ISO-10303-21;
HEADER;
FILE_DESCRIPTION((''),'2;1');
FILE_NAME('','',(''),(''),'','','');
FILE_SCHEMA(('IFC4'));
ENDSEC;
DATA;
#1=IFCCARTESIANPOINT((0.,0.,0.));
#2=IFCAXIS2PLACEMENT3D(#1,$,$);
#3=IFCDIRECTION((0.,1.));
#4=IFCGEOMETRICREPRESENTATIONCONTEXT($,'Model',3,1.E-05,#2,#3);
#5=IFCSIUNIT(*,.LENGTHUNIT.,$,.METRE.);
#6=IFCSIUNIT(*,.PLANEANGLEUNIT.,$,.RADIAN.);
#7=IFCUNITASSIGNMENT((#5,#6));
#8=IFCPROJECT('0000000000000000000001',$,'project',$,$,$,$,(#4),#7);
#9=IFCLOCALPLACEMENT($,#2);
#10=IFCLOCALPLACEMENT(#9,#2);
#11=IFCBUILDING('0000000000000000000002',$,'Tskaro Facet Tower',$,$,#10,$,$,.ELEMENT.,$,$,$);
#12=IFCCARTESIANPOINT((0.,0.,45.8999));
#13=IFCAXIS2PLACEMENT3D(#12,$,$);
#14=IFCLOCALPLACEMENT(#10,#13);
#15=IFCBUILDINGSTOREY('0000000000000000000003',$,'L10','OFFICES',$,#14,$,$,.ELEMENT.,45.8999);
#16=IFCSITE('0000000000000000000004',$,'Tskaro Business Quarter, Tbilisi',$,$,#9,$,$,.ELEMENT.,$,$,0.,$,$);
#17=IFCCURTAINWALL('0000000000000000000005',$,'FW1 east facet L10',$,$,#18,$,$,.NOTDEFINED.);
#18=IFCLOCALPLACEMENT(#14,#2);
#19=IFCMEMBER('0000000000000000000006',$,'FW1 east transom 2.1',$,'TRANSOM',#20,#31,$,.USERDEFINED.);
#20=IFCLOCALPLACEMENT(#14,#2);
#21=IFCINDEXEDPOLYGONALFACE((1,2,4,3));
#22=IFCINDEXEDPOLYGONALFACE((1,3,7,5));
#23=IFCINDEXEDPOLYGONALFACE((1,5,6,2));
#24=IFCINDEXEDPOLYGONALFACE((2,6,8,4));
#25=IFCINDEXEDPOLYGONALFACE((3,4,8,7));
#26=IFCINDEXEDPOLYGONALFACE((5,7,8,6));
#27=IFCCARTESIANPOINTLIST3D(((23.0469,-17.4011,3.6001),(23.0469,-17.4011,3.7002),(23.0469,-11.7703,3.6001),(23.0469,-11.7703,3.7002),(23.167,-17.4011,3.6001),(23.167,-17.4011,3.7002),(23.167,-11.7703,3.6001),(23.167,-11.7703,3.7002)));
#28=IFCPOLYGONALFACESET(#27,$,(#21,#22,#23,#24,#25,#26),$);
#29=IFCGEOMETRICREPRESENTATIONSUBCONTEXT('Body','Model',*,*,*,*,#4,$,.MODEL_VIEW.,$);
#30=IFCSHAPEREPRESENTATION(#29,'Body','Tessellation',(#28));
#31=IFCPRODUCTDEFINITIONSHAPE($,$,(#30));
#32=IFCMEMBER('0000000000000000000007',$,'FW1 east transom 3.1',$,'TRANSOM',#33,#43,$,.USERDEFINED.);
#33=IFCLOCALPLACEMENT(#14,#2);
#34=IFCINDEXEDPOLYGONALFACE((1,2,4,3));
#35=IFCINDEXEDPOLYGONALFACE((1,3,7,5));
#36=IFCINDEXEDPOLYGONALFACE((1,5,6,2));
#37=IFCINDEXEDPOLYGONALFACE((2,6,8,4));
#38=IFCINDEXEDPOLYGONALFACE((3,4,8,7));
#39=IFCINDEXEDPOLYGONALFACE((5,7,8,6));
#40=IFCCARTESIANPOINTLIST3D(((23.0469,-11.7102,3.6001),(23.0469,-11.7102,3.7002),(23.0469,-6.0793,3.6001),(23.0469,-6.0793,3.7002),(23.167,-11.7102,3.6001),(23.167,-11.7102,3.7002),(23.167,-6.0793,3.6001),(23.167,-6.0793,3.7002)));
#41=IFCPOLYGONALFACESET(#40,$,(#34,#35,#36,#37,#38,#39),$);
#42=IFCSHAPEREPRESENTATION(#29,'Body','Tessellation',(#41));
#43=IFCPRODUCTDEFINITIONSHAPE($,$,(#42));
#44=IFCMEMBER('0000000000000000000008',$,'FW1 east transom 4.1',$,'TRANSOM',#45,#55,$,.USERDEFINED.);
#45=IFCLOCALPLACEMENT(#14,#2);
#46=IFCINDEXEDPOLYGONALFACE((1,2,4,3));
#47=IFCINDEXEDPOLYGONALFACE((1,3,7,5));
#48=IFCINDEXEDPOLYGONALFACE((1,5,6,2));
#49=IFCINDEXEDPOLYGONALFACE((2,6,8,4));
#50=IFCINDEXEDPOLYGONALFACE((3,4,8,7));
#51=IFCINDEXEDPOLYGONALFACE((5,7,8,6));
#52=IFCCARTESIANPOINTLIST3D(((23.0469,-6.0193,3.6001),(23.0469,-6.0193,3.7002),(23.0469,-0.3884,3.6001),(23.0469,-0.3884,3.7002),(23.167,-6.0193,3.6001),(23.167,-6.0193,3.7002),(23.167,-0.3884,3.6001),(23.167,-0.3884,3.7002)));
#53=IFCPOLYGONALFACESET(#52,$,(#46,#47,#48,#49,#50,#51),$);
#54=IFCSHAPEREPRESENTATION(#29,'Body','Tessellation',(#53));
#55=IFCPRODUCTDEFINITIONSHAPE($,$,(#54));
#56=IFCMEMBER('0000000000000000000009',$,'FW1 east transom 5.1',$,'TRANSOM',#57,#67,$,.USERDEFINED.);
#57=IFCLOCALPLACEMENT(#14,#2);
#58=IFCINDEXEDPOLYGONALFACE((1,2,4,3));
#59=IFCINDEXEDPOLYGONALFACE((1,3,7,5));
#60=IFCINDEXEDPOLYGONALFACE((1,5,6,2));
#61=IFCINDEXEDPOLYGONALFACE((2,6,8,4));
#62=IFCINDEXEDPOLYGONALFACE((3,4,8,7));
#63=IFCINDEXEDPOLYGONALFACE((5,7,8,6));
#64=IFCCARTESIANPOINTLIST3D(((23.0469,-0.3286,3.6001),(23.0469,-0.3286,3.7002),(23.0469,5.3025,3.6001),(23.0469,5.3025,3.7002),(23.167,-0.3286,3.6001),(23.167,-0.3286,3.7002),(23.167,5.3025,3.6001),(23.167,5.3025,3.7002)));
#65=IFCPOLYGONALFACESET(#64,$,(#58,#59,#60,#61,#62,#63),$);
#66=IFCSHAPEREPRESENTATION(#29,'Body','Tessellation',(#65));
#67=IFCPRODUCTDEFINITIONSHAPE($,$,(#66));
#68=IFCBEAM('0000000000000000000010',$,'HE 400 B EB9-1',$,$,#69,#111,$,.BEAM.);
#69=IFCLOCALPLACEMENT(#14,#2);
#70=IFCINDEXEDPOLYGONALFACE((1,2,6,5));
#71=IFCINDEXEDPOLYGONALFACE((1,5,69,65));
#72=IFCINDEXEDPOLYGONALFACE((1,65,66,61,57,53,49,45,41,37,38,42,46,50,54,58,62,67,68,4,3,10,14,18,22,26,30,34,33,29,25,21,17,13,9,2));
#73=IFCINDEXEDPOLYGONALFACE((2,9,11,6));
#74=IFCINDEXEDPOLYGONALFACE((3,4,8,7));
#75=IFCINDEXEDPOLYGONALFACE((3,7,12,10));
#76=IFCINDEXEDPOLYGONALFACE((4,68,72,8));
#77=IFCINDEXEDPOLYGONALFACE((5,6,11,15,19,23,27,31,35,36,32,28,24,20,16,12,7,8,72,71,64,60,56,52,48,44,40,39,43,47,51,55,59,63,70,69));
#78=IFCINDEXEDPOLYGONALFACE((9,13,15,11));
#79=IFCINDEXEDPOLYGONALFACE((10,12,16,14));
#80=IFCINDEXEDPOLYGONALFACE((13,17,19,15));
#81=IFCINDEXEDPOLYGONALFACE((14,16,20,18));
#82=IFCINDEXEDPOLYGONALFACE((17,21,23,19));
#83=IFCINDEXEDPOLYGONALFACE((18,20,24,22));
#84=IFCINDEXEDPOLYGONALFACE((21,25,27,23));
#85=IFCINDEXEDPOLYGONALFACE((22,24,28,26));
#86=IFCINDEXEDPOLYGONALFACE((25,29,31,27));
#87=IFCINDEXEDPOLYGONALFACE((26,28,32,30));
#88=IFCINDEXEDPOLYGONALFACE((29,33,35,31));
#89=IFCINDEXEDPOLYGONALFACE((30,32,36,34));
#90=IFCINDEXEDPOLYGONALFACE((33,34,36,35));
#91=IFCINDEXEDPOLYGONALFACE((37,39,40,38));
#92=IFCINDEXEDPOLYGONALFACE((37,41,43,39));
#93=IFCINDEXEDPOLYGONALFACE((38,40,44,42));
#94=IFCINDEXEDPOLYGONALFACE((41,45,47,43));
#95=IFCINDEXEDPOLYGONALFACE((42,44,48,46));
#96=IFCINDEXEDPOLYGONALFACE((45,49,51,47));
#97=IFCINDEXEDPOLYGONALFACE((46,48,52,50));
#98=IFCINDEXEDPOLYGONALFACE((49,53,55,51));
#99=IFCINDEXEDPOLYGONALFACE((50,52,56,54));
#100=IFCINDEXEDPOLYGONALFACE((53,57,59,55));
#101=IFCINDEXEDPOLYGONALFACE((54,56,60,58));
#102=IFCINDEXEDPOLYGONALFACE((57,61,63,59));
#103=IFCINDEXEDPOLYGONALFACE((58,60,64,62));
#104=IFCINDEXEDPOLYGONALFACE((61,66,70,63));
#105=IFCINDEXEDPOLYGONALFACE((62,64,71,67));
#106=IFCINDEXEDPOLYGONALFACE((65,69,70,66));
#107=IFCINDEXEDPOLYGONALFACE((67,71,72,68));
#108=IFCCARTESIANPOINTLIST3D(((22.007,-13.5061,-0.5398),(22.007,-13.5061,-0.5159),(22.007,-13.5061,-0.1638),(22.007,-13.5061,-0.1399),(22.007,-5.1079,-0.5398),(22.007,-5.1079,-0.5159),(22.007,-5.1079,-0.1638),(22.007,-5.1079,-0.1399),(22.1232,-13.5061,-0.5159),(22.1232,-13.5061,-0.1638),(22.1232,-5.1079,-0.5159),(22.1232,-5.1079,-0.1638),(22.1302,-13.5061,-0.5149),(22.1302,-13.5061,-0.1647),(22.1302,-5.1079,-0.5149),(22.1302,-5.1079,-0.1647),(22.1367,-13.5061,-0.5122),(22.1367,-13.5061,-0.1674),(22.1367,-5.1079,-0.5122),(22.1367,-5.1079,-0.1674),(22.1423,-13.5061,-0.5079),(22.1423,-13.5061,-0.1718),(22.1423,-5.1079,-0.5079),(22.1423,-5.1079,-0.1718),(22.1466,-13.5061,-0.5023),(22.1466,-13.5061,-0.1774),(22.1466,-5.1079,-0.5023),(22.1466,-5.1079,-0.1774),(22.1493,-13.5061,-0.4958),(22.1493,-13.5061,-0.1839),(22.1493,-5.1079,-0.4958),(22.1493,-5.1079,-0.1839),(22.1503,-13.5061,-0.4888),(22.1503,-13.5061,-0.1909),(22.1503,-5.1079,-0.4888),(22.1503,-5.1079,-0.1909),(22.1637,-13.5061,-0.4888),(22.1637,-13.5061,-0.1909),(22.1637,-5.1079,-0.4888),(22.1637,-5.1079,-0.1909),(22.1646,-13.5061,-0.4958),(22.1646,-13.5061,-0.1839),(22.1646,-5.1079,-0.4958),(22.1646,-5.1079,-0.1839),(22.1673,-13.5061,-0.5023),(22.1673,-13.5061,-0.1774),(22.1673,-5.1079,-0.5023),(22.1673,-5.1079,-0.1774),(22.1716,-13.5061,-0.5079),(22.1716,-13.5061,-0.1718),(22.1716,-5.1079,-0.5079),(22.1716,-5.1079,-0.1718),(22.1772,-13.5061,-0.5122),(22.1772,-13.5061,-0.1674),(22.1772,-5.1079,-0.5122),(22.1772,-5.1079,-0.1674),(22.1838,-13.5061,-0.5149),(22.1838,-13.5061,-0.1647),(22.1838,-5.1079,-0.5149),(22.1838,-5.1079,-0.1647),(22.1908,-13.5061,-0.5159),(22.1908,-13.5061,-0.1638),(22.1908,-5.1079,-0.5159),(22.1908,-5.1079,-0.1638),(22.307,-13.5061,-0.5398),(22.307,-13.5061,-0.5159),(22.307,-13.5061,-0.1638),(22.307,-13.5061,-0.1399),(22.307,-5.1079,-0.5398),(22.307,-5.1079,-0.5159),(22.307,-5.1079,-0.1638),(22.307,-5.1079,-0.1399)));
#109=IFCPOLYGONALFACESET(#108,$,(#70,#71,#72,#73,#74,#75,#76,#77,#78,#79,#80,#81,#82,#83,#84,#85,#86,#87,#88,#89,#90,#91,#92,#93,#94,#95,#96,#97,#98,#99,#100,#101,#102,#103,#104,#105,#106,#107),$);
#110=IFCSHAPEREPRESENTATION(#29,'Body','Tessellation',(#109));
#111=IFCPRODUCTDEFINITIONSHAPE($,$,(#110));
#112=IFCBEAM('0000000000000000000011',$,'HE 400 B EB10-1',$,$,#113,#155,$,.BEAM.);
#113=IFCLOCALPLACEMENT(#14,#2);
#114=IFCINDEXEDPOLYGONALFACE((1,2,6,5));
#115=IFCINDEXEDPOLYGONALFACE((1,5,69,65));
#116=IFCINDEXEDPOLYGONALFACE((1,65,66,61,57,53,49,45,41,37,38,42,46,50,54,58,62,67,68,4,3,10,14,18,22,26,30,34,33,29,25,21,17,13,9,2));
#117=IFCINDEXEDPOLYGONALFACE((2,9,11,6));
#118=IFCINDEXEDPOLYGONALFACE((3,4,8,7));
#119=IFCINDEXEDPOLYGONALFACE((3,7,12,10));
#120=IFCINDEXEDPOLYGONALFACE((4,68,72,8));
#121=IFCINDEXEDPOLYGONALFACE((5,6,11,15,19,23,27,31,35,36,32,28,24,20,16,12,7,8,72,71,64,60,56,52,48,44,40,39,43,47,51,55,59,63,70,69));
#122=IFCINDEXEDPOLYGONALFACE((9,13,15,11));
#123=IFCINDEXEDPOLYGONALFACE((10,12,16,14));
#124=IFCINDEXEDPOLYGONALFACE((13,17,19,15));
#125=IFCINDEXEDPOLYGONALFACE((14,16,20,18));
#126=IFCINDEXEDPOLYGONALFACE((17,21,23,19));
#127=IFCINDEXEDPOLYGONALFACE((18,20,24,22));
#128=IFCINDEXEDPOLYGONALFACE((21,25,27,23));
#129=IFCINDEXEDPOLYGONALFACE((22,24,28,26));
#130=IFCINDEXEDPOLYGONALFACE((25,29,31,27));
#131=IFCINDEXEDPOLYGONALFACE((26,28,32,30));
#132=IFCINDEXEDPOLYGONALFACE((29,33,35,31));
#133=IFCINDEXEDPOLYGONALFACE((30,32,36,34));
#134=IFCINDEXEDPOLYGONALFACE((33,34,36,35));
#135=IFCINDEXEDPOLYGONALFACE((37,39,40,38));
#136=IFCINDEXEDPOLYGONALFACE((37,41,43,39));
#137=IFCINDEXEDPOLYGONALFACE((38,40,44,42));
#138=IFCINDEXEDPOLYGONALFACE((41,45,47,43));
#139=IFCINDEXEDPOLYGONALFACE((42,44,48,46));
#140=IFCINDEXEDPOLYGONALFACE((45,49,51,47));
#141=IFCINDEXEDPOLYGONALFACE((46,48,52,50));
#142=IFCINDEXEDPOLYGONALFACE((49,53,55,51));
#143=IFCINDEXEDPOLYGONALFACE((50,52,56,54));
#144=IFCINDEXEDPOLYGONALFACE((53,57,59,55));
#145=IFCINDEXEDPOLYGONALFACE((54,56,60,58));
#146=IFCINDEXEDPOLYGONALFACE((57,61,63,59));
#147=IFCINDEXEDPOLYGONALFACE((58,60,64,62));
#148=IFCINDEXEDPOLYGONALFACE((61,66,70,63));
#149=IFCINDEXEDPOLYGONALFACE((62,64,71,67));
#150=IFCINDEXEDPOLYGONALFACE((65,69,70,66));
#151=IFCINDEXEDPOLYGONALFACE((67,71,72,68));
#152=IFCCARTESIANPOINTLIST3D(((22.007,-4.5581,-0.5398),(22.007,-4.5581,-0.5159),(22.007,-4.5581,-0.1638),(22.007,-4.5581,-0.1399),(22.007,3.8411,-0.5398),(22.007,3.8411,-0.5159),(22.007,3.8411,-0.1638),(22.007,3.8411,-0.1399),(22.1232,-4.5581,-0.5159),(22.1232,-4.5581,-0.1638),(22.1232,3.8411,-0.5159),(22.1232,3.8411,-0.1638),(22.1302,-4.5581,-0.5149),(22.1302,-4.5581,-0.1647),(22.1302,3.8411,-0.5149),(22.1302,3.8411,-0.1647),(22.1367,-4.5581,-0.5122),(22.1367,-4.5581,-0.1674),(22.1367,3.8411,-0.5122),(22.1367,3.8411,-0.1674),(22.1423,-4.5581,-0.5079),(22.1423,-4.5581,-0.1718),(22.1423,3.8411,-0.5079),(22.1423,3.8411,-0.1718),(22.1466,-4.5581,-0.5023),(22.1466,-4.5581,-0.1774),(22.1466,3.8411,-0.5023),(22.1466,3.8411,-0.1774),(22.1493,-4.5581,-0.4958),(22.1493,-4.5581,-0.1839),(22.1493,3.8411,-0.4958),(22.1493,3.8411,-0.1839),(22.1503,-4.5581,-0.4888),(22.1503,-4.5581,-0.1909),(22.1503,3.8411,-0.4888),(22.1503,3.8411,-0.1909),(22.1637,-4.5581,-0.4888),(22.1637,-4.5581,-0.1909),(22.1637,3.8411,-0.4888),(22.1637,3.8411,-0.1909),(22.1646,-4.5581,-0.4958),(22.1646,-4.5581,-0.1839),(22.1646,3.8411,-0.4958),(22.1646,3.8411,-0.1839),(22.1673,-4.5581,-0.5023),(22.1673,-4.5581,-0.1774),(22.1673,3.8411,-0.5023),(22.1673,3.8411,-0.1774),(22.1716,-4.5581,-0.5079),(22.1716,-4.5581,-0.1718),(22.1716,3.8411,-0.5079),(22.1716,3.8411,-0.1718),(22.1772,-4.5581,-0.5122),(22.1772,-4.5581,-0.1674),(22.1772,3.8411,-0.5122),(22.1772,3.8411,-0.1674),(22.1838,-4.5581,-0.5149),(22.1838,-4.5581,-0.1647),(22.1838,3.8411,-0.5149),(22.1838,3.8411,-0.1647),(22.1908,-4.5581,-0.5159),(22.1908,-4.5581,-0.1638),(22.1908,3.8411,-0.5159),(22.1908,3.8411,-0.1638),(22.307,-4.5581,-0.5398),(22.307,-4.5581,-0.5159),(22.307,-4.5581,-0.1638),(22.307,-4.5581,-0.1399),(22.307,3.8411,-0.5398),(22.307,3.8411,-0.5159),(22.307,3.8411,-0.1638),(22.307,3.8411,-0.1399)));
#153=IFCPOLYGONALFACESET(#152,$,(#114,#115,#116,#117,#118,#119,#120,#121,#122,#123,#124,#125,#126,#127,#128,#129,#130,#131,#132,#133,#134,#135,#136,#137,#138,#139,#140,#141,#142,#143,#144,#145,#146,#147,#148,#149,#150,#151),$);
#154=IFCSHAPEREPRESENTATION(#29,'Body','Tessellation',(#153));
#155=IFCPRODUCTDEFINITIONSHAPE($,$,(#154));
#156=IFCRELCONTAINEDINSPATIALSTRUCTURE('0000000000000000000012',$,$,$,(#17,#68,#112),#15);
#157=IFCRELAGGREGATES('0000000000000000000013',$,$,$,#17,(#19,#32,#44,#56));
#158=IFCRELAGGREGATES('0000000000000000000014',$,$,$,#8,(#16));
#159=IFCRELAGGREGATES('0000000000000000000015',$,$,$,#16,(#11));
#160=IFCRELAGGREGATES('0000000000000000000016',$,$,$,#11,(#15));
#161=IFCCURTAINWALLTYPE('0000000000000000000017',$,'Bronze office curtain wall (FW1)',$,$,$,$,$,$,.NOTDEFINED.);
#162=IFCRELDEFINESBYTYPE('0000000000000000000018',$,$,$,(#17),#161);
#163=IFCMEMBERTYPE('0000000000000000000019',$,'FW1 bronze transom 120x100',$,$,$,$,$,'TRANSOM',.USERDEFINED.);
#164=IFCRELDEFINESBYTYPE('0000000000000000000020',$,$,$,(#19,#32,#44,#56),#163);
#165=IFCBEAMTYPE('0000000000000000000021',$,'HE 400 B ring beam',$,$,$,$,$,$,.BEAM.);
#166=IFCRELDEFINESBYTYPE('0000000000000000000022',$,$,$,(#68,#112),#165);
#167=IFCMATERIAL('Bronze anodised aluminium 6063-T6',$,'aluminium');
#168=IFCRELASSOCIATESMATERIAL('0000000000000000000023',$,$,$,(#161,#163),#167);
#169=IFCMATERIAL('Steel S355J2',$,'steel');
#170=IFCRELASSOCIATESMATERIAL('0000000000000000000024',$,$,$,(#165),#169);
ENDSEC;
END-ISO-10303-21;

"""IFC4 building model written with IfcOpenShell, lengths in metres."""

from ifc_helpers import new_model, si_unit, direction, frame, origin, origin_2d, place, context, subcontext, project, spatial, rectangle, i_section, extrude, material, material_profile, profile_set, type_object, element, aggregate, save


model = new_model("IFC4")

# Units and contexts
model_context = context("Model", 3, precision=1e-05, world=origin(), true_north=direction((0.0, 1.0)))
body_context = subcontext(model_context, "Body", "Model", "MODEL_VIEW")
ifc_project = project(units=[si_unit("LENGTHUNIT", "METRE"), si_unit("PLANEANGLEUNIT", "RADIAN")], contexts=[model_context])

# Site, building, storey
site_placement = place(None, origin())
site = spatial("IfcSite", under=ifc_project, at=site_placement, Name="Tskaro Business Quarter, Tbilisi", CompositionType="ELEMENT", RefElevation=0.0)
building_placement = place(site_placement, origin())
building = spatial("IfcBuilding", under=site, at=building_placement, Name="Tskaro Facet Tower", CompositionType="ELEMENT")
storey_placement = place(building_placement, frame((0.0, 0.0, 45.8999)))
storey = spatial("IfcBuildingStorey", under=building, at=storey_placement, Name="L10", Description="OFFICES", CompositionType="ELEMENT", Elevation=45.8999)

# Curtain wall, members
ifc_material_1 = material(Name="Bronze anodised aluminium 6063-T6", Category="aluminium")
curtain_wall_type = type_object("IfcCurtainWallType", Name="Bronze office curtain wall (FW1)", PredefinedType="NOTDEFINED", material=ifc_material_1)
curtain_wall_placement = place(storey_placement, origin())
curtain_wall = element("IfcCurtainWall", 1, at=curtain_wall_placement, inside=storey, type_object=curtain_wall_type, Name="FW1 east facet L10", PredefinedType="NOTDEFINED")
ifc_material_profile_1 = material_profile(ifc_material_1, rectangle(XDim=0.1201, YDim=0.1001, at=origin_2d()), Name="Transom 120x100")
ifc_profile_set_1 = profile_set([ifc_material_profile_1], Name="Bronze anodised aluminium 6063-T6")
member_type_1 = type_object("IfcMemberType", Name="FW1 bronze transom 120x100", ElementType="TRANSOM", PredefinedType="USERDEFINED", material=ifc_profile_set_1)
member_1_placement = place(storey_placement, frame((23.1069, -17.4011, 3.6501), z_axis=(0.0, 1.0, 0.0), x_axis=(-1.0, 0.0, 0.0)))
member_1 = element("IfcMember", 2, at=member_1_placement, type_object=member_type_1, Name="FW1 east transom 2.1", ObjectType="TRANSOM", PredefinedType="USERDEFINED", context=body_context, shape_type="SweptSolid", body=[
    extrude(rectangle(XDim=0.1201, YDim=0.1001, at=origin_2d()), origin(), (0.0, 0.0, 1.0), 5.6309),
])
member_2_placement = place(storey_placement, frame((23.1069, -11.7102, 3.6501), z_axis=(0.0, 1.0, 0.0), x_axis=(-1.0, 0.0, 0.0)))
member_2 = element("IfcMember", 3, at=member_2_placement, type_object=member_type_1, Name="FW1 east transom 3.1", ObjectType="TRANSOM", PredefinedType="USERDEFINED", context=body_context, shape_type="SweptSolid", body=[
    extrude(rectangle(XDim=0.1201, YDim=0.1001, at=origin_2d()), origin(), (0.0, 0.0, 1.0), 5.6309),
])
member_3_placement = place(storey_placement, frame((23.1069, -6.0193, 3.6501), z_axis=(0.0, 1.0, 0.0), x_axis=(-1.0, 0.0, 0.0)))
member_3 = element("IfcMember", 4, at=member_3_placement, type_object=member_type_1, Name="FW1 east transom 4.1", ObjectType="TRANSOM", PredefinedType="USERDEFINED", context=body_context, shape_type="SweptSolid", body=[
    extrude(rectangle(XDim=0.1201, YDim=0.1001, at=origin_2d()), origin(), (0.0, 0.0, 1.0), 5.6309),
])
member_4_placement = place(storey_placement, frame((23.1069, -0.3286, 3.6501), z_axis=(0.0, 1.0, 0.0), x_axis=(-1.0, 0.0, 0.0)))
member_4 = element("IfcMember", 5, at=member_4_placement, type_object=member_type_1, Name="FW1 east transom 5.1", ObjectType="TRANSOM", PredefinedType="USERDEFINED", context=body_context, shape_type="SweptSolid", body=[
    extrude(rectangle(XDim=0.1201, YDim=0.1001, at=origin_2d()), origin(), (0.0, 0.0, 1.0), 5.6311),
])

# Beams
ifc_material_2 = material(Name="Steel S355J2", Category="steel")
ifc_material_profile_2 = material_profile(ifc_material_2, i_section(OverallWidth=0.3, OverallDepth=0.3999, WebThickness=0.0134, FlangeThickness=0.0239, FilletRadius=0.0271, at=origin_2d()), Name="HE 400 B")
ifc_profile_set_2 = profile_set([ifc_material_profile_2], Name="Steel S355J2")
beam_type_1 = type_object("IfcBeamType", Name="HE 400 B ring beam", PredefinedType="BEAM", material=ifc_profile_set_2)
beam_1_placement = place(storey_placement, frame((22.157, -13.5061, -0.3398), z_axis=(0.0, 1.0, 0.0), x_axis=(-1.0, 0.0, 0.0)))
element("IfcBeam", 6, at=beam_1_placement, inside=storey, type_object=beam_type_1, Name="HE 400 B EB9-1", PredefinedType="BEAM", context=body_context, shape_type="SweptSolid", body=[
    extrude(i_section(OverallWidth=0.3, OverallDepth=0.3999, WebThickness=0.0134, FlangeThickness=0.0239, FilletRadius=0.0271, at=origin_2d()), origin(), (0.0, 0.0, 1.0), 8.3982),
])
beam_2_placement = place(storey_placement, frame((22.157, -4.5581, -0.3398), z_axis=(0.0, 1.0, 0.0), x_axis=(-1.0, 0.0, 0.0)))
element("IfcBeam", 7, at=beam_2_placement, inside=storey, type_object=beam_type_1, Name="HE 400 B EB10-1", PredefinedType="BEAM", context=body_context, shape_type="SweptSolid", body=[
    extrude(i_section(OverallWidth=0.3, OverallDepth=0.3999, WebThickness=0.0134, FlangeThickness=0.0239, FilletRadius=0.0271, at=origin_2d()), origin(), (0.0, 0.0, 1.0), 8.3992),
])

aggregate(curtain_wall, [member_1, member_2, member_3, member_4])

save(model, "model.ifc")
